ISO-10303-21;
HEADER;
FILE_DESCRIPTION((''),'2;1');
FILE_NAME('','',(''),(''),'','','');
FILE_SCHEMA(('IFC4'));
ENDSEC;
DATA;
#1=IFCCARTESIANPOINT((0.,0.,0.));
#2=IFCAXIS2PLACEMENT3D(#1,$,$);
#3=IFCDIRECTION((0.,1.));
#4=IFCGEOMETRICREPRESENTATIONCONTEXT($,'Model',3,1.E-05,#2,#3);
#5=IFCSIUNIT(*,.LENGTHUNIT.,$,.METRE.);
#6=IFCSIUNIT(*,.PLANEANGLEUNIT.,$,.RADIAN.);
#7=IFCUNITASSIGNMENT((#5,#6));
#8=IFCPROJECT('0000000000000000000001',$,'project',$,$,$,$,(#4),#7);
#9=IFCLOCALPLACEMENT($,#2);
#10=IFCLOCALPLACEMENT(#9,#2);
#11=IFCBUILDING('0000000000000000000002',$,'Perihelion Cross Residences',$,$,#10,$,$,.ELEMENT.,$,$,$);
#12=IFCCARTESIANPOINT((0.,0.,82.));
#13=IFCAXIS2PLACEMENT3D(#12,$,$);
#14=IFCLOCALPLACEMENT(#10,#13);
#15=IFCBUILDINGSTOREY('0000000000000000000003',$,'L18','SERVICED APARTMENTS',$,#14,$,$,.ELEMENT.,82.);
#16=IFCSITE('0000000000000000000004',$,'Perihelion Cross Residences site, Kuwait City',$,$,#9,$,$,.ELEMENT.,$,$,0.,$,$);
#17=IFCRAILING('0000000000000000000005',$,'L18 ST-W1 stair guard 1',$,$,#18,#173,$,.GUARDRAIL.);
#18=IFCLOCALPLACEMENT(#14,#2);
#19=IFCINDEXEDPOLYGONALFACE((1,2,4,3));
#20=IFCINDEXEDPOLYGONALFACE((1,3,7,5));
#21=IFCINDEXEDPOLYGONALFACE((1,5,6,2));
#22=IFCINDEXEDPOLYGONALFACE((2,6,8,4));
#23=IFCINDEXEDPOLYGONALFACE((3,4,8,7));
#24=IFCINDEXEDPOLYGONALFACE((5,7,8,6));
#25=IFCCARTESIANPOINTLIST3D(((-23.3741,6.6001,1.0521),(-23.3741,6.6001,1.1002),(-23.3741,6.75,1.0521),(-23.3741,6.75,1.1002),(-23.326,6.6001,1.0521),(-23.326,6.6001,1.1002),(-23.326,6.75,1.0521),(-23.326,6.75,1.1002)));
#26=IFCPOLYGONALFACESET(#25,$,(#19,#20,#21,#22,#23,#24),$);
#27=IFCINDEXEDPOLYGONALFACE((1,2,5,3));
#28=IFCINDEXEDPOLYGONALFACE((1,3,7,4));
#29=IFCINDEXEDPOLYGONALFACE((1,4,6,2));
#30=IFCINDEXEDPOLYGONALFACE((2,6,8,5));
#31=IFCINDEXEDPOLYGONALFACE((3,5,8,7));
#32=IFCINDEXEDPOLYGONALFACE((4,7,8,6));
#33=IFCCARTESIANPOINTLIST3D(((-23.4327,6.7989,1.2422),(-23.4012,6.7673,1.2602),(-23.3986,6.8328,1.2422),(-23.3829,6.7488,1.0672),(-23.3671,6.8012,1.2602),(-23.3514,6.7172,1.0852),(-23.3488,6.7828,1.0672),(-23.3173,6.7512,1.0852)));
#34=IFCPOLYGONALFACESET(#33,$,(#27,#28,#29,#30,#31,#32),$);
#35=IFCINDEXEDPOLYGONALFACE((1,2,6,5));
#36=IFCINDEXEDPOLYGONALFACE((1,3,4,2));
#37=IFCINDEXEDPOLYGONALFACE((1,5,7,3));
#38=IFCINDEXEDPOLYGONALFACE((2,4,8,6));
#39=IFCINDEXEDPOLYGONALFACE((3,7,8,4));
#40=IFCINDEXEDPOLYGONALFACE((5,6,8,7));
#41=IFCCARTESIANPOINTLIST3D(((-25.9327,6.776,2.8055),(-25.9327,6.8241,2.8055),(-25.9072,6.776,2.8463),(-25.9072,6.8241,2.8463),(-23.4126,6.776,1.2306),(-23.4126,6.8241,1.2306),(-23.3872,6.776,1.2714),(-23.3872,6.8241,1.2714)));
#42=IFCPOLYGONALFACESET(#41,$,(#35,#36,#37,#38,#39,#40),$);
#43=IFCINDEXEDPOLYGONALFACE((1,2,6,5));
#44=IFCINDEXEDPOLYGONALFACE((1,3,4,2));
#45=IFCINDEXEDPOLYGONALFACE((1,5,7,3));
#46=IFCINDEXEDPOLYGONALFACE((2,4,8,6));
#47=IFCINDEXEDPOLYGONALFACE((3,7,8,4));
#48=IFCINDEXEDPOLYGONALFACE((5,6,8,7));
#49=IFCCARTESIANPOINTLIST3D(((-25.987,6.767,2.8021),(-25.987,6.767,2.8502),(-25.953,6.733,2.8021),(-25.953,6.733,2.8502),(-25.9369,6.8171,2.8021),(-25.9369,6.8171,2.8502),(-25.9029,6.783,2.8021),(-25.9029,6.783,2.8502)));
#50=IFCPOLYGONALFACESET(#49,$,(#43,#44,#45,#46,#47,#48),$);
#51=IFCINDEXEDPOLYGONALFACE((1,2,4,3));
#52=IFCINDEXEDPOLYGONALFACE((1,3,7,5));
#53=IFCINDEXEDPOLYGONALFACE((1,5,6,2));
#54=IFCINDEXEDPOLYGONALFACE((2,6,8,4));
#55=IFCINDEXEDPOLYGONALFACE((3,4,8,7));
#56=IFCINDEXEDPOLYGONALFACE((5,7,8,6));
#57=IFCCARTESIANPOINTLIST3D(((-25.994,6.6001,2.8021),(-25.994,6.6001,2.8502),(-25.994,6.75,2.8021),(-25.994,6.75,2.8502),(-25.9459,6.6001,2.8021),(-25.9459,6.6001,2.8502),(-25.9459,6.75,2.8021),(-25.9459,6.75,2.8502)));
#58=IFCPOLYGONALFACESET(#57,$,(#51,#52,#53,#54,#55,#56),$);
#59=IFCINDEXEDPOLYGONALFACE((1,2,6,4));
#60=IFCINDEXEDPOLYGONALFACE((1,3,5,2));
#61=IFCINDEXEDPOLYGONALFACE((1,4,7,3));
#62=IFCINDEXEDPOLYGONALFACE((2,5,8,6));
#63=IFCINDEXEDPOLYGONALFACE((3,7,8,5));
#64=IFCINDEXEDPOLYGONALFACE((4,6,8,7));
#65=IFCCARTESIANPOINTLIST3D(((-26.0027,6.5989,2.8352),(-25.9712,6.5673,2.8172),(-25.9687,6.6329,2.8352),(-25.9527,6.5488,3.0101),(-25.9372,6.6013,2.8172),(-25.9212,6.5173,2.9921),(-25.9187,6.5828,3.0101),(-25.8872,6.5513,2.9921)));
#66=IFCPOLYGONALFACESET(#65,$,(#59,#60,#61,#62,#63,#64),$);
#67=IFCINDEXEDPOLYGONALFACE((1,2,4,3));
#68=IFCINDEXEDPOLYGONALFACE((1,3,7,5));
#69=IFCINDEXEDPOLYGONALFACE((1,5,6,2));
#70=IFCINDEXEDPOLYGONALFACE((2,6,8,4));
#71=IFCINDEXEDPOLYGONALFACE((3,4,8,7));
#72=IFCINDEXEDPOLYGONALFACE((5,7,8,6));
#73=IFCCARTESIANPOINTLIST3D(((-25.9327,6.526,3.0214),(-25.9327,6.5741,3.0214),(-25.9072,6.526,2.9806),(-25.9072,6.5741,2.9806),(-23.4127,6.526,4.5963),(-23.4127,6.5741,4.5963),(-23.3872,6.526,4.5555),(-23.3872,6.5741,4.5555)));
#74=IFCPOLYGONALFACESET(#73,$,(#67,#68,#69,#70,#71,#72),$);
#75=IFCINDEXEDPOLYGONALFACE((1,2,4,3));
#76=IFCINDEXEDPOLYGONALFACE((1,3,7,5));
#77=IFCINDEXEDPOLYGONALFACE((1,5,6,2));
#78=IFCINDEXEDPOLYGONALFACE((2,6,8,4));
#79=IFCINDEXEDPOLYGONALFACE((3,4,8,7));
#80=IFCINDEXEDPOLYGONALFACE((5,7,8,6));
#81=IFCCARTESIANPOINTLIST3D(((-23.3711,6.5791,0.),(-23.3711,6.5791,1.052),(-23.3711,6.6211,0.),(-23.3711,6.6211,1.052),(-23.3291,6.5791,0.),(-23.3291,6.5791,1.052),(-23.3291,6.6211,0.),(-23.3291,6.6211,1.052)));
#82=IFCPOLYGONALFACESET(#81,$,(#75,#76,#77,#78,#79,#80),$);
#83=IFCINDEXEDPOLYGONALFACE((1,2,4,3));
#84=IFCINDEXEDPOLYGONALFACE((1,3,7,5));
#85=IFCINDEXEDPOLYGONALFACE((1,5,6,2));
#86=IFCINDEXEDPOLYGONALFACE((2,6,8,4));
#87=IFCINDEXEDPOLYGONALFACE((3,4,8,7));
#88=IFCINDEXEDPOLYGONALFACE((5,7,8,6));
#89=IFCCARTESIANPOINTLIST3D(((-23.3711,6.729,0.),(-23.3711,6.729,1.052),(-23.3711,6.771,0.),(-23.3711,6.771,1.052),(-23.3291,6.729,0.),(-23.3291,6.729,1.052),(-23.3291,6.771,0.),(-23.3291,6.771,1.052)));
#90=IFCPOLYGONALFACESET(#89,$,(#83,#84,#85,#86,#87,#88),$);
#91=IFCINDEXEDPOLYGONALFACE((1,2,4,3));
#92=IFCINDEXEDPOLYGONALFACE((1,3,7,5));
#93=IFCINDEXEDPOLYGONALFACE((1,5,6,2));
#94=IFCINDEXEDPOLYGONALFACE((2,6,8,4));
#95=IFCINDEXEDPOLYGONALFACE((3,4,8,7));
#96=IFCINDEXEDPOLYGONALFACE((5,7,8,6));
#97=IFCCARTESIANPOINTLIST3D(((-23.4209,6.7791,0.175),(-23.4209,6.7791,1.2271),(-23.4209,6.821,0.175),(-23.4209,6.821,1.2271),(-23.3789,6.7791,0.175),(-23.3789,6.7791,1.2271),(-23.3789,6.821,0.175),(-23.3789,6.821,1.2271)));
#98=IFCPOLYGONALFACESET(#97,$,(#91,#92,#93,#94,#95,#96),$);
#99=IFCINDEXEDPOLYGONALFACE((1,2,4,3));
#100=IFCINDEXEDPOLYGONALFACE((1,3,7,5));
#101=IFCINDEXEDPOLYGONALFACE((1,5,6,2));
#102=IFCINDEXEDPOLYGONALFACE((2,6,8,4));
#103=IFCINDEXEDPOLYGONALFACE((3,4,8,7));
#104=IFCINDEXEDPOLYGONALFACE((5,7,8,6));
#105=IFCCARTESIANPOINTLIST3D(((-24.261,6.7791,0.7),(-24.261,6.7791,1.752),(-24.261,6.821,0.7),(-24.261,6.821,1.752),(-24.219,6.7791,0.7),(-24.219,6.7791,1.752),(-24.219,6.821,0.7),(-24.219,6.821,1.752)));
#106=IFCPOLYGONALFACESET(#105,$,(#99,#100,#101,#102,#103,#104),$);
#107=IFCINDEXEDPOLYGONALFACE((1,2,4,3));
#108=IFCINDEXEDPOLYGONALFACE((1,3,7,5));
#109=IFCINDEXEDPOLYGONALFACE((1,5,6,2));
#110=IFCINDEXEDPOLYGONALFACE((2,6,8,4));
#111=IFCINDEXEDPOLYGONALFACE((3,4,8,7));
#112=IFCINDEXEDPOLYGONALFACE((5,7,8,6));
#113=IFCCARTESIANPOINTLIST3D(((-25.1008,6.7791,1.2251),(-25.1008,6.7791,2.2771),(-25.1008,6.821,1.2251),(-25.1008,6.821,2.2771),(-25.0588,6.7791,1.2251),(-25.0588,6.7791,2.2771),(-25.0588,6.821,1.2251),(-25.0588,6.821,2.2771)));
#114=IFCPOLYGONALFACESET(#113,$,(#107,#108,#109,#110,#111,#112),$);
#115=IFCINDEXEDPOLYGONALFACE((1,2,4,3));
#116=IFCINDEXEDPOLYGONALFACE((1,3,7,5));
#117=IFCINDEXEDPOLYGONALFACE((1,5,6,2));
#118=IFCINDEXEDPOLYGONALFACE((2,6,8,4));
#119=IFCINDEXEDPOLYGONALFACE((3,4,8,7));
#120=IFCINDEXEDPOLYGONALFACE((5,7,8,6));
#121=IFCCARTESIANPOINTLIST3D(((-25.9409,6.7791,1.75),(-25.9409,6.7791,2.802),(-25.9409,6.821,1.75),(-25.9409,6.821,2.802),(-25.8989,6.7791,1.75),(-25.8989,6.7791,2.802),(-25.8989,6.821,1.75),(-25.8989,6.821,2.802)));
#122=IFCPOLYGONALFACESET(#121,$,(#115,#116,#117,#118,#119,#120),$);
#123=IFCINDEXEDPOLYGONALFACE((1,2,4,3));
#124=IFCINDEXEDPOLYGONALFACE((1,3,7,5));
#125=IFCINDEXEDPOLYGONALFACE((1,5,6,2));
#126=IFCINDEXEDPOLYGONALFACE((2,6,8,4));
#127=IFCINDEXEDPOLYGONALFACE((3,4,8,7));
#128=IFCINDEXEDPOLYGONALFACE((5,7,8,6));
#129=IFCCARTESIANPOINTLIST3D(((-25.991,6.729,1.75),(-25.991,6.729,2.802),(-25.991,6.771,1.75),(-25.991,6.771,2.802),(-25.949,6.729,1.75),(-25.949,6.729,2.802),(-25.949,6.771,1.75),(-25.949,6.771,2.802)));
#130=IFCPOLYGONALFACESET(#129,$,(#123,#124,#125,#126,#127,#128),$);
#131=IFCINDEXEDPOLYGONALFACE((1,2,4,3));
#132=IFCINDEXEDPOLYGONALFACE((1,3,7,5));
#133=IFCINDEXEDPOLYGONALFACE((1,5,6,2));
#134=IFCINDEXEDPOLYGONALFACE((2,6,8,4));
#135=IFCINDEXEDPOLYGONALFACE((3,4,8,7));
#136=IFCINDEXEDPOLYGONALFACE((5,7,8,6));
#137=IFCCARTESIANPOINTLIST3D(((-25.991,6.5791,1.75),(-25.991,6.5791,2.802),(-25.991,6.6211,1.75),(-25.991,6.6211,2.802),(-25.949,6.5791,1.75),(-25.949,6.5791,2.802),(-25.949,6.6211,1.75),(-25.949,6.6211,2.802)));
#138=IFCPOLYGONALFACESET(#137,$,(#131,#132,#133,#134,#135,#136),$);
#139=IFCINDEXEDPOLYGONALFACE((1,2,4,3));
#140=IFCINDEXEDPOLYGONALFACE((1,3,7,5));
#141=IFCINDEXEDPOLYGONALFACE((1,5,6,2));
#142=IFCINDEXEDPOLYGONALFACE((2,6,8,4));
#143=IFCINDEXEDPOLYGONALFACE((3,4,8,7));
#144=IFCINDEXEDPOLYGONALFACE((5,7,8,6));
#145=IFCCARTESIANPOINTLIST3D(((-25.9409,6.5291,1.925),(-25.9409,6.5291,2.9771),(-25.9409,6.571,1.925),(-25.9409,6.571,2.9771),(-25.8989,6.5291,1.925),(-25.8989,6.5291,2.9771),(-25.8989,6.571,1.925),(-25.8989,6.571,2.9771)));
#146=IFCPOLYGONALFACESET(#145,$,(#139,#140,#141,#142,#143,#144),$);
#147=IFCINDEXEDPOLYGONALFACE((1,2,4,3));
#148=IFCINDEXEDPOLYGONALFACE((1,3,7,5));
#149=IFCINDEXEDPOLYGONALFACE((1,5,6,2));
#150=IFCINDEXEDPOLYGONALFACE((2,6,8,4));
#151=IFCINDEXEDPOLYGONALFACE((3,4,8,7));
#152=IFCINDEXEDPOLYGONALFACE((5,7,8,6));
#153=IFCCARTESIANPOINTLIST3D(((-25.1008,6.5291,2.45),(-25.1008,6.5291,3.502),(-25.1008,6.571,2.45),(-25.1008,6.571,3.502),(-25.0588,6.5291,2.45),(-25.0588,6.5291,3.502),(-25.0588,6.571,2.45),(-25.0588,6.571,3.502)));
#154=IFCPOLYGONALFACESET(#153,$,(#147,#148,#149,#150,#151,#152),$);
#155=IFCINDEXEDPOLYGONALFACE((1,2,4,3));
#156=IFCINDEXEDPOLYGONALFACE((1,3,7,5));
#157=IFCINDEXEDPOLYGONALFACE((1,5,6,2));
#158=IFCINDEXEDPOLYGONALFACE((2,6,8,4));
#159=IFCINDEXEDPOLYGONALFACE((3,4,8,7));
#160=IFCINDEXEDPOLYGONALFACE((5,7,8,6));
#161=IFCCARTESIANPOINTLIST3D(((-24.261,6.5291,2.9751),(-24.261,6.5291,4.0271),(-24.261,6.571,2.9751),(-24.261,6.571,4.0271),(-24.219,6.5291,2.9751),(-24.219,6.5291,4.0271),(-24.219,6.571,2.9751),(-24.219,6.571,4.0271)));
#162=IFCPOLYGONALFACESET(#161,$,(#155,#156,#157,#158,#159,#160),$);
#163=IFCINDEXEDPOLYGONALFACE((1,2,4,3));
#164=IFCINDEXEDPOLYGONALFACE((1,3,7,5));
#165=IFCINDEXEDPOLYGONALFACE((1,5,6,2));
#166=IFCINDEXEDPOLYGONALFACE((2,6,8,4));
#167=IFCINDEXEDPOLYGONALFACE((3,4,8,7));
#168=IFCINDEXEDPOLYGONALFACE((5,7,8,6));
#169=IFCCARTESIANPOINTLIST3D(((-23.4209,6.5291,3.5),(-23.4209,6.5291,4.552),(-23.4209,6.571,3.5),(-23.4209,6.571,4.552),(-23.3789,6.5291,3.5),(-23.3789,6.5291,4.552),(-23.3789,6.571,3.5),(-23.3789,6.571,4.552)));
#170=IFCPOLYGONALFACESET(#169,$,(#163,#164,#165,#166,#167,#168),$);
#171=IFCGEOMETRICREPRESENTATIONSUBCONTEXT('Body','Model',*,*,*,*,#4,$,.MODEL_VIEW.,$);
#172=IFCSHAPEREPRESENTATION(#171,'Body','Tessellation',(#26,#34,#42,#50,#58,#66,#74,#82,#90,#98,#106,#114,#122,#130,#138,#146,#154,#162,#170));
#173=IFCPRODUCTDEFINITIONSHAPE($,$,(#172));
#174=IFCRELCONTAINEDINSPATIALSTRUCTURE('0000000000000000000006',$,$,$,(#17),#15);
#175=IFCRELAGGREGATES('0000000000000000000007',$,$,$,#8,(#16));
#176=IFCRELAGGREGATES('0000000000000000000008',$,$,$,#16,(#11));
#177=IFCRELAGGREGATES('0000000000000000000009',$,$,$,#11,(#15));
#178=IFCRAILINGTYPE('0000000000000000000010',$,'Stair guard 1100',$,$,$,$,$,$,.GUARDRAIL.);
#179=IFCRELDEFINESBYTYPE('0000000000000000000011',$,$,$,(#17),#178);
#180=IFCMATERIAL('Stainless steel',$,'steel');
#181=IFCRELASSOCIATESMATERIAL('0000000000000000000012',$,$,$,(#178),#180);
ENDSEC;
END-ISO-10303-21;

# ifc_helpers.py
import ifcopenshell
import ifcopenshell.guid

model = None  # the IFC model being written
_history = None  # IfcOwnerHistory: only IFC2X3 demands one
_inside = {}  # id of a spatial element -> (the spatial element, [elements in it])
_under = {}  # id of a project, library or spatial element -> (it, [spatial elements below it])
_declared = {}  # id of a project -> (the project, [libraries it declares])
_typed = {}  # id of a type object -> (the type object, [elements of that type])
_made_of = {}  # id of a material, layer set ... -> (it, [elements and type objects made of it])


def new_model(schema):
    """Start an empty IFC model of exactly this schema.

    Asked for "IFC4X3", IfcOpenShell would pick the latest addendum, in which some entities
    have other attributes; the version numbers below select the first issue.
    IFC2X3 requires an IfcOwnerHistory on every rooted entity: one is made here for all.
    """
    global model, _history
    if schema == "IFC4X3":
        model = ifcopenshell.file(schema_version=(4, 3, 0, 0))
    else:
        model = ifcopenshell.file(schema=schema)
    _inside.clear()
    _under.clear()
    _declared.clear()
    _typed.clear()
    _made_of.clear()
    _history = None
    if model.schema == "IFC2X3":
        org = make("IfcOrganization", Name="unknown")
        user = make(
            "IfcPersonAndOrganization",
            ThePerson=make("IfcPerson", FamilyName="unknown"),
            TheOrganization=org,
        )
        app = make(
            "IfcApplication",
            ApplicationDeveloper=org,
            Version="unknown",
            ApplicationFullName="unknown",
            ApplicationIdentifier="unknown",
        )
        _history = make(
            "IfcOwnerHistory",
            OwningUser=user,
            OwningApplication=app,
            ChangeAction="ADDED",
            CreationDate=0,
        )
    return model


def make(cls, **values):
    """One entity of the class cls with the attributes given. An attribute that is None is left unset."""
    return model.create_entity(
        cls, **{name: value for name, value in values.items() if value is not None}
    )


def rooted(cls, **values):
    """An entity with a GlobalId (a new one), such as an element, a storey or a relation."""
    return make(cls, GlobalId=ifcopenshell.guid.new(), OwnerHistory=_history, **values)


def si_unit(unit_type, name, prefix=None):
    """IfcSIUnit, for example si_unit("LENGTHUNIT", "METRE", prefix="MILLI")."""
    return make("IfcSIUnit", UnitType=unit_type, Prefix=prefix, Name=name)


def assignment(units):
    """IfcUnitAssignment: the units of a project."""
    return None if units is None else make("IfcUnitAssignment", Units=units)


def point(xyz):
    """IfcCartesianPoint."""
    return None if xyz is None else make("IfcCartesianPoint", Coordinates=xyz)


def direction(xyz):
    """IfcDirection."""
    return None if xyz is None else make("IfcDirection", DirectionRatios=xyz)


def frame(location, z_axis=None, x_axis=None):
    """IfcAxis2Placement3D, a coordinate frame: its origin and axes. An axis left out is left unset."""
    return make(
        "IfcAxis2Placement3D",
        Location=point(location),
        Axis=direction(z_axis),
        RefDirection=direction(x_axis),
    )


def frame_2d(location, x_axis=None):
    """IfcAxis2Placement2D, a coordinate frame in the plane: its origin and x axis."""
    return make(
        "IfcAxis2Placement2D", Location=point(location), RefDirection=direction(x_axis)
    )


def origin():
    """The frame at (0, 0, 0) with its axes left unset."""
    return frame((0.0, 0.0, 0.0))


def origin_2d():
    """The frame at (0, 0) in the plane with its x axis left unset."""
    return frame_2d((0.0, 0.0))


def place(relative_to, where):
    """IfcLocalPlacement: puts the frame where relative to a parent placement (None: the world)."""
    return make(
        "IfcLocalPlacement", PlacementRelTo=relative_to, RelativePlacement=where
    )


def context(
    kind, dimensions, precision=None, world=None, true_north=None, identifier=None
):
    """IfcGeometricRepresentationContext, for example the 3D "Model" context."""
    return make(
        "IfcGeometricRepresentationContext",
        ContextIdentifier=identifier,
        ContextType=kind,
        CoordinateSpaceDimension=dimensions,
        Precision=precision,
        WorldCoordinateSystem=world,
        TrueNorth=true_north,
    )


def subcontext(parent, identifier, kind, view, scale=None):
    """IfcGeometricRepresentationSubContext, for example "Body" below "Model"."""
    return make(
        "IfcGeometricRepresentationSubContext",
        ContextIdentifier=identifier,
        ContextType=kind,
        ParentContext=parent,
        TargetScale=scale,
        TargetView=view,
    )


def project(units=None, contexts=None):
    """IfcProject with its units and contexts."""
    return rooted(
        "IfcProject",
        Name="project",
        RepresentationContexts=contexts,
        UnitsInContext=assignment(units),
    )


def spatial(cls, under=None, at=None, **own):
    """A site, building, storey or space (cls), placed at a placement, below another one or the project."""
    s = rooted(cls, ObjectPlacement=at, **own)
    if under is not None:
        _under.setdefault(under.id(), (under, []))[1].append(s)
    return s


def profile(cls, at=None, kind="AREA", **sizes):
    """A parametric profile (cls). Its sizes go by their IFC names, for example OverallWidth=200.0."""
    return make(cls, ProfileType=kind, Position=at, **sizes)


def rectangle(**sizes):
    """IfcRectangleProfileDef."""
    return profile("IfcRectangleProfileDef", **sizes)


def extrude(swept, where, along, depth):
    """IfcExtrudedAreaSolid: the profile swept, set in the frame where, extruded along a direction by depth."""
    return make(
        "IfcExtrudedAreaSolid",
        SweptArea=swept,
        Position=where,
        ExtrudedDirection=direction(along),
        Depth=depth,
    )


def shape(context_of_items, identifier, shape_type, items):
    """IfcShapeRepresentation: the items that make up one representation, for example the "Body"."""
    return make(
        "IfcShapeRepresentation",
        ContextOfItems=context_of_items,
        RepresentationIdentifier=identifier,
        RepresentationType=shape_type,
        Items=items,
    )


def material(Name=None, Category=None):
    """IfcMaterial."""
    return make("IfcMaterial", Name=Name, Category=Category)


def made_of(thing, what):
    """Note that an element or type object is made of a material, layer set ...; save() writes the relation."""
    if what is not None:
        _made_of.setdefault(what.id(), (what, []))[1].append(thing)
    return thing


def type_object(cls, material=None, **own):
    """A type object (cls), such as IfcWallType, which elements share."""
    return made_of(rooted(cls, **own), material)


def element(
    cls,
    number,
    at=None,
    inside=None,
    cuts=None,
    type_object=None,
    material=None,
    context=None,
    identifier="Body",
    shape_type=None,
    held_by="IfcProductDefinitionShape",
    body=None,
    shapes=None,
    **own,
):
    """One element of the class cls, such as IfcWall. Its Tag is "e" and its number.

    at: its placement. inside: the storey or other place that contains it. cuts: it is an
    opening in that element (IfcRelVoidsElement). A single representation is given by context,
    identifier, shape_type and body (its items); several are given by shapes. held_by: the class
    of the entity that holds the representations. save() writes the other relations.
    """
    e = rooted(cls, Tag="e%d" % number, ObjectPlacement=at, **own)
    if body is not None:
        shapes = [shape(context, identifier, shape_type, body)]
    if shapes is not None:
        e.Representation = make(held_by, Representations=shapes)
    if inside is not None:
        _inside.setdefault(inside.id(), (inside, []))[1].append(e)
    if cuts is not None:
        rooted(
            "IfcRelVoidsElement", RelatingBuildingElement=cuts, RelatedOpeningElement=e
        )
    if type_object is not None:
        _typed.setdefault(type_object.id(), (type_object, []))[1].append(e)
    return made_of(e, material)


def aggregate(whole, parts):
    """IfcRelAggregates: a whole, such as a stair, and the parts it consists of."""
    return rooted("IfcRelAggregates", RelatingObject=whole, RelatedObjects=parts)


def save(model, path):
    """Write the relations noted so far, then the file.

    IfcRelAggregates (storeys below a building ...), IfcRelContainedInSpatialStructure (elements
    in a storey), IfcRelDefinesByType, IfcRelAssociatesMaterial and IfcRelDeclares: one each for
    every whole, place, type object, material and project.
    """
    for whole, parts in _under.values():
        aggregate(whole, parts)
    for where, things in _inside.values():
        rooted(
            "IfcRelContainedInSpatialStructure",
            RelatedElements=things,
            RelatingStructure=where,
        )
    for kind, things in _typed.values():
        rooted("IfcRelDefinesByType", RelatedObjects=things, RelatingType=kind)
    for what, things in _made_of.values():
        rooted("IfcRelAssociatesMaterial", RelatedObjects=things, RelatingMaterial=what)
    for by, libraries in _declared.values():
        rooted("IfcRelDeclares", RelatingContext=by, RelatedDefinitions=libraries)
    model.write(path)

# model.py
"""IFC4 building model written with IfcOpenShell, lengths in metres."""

from ifc_helpers import new_model, si_unit, direction, frame, origin, origin_2d, place, context, subcontext, project, spatial, rectangle, extrude, material, type_object, element, save


model = new_model("IFC4")

# Units and contexts
model_context = context("Model", 3, precision=1e-05, world=origin(), true_north=direction((0.0, 1.0)))
body_context = subcontext(model_context, "Body", "Model", "MODEL_VIEW")
ifc_project = project(units=[si_unit("LENGTHUNIT", "METRE"), si_unit("PLANEANGLEUNIT", "RADIAN")], contexts=[model_context])

# Site, building, storey
site_placement = place(None, origin())
site = spatial("IfcSite", under=ifc_project, at=site_placement, Name="Perihelion Cross Residences site, Kuwait City", CompositionType="ELEMENT", RefElevation=0.0)
building_placement = place(site_placement, origin())
building = spatial("IfcBuilding", under=site, at=building_placement, Name="Perihelion Cross Residences", CompositionType="ELEMENT")
storey_placement = place(building_placement, frame((0.0, 0.0, 82.0)))
storey = spatial("IfcBuildingStorey", under=building, at=storey_placement, Name="L18", Description="SERVICED APARTMENTS", CompositionType="ELEMENT", Elevation=82.0)

# Railing
ifc_material_1 = material(Name="Stainless steel", Category="steel")
railing_type_1 = type_object("IfcRailingType", Name="Stair guard 1100", PredefinedType="GUARDRAIL", material=ifc_material_1)
railing_1_placement = place(storey_placement, frame((-23.3501, 6.6001, 0.0)))
element("IfcRailing", 1, at=railing_1_placement, inside=storey, type_object=railing_type_1, Name="L18 ST-W1 stair guard 1", PredefinedType="GUARDRAIL", context=body_context, shape_type="SweptSolid", body=[
    extrude(rectangle(XDim=0.0481, YDim=0.0481, at=origin_2d()), frame((0.0, 0.0, 1.0762), z_axis=(0.0, 1.0, 0.0), x_axis=(-1.0, 0.0, 0.0)), (0.0, 0.0, 1.0), 0.1499),
    extrude(rectangle(XDim=0.0481, YDim=0.0481, at=origin_2d()), frame((0.0, 0.1499, 1.0762), z_axis=(-0.263862, 0.265156, 0.927399), x_axis=(-0.708834, -0.705376, 0.0)), (0.0, 0.0, 1.0), 0.1887),
    extrude(rectangle(XDim=0.0481, YDim=0.0481, at=origin_2d()), frame((-0.0498, 0.2, 1.251), z_axis=(-0.848008, 0.0, 0.529984), x_axis=(0.0, -1.0, 0.0)), (0.0, 0.0, 1.0), 2.9717),
    extrude(rectangle(XDim=0.0481, YDim=0.0481, at=origin_2d()), frame((-2.5698, 0.2, 2.8262), z_axis=(-0.707107, -0.707107, 0.0), x_axis=(0.707107, -0.707107, 0.0)), (0.0, 0.0, 1.0), 0.0708),
    extrude(rectangle(XDim=0.0481, YDim=0.0481, at=origin_2d()), frame((-2.6199, 0.1499, 2.8262), z_axis=(0.0, -1.0, 0.0), x_axis=(1.0, 0.0, 0.0)), (0.0, 0.0, 1.0), 0.1499),
    extrude(rectangle(XDim=0.0481, YDim=0.0481, at=origin_2d()), frame((-2.6199, 0.0, 2.8262), z_axis=(0.265065, -0.265065, 0.927082), x_axis=(0.707107, 0.707107, 0.0)), (0.0, 0.0, 1.0), 0.1887),
    extrude(rectangle(XDim=0.0481, YDim=0.0481, at=origin_2d()), frame((-2.5698, -0.05, 3.001), z_axis=(0.848008, 0.0, 0.529984), x_axis=(0.0, 1.0, 0.0)), (0.0, 0.0, 1.0), 2.9717),
    extrude(rectangle(XDim=0.042, YDim=0.042, at=origin_2d()), origin(), (0.0, 0.0, 1.0), 1.052),
    extrude(rectangle(XDim=0.042, YDim=0.042, at=origin_2d()), frame((0.0, 0.1499, 0.0)), (0.0, 0.0, 1.0), 1.052),
    extrude(rectangle(XDim=0.042, YDim=0.042, at=origin_2d()), frame((-0.0498, 0.2, 0.175)), (0.0, 0.0, 1.0), 1.052),
    extrude(rectangle(XDim=0.042, YDim=0.042, at=origin_2d()), frame((-0.8899, 0.2, 0.7)), (0.0, 0.0, 1.0), 1.052),
    extrude(rectangle(XDim=0.042, YDim=0.042, at=origin_2d()), frame((-1.7297, 0.2, 1.2251)), (0.0, 0.0, 1.0), 1.052),
    extrude(rectangle(XDim=0.042, YDim=0.042, at=origin_2d()), frame((-2.5698, 0.2, 1.75)), (0.0, 0.0, 1.0), 1.052),
    extrude(rectangle(XDim=0.042, YDim=0.042, at=origin_2d()), frame((-2.6199, 0.1499, 1.75)), (0.0, 0.0, 1.0), 1.052),
    extrude(rectangle(XDim=0.042, YDim=0.042, at=origin_2d()), frame((-2.6199, 0.0, 1.75)), (0.0, 0.0, 1.0), 1.052),
    extrude(rectangle(XDim=0.042, YDim=0.042, at=origin_2d()), frame((-2.5698, -0.05, 1.925)), (0.0, 0.0, 1.0), 1.052),
    extrude(rectangle(XDim=0.042, YDim=0.042, at=origin_2d()), frame((-1.7297, -0.05, 2.45)), (0.0, 0.0, 1.0), 1.052),
    extrude(rectangle(XDim=0.042, YDim=0.042, at=origin_2d()), frame((-0.8899, -0.05, 2.9751)), (0.0, 0.0, 1.0), 1.052),
    extrude(rectangle(XDim=0.042, YDim=0.042, at=origin_2d()), frame((-0.0498, -0.05, 3.5)), (0.0, 0.0, 1.0), 1.052),
])

save(model, "model.ifc")
